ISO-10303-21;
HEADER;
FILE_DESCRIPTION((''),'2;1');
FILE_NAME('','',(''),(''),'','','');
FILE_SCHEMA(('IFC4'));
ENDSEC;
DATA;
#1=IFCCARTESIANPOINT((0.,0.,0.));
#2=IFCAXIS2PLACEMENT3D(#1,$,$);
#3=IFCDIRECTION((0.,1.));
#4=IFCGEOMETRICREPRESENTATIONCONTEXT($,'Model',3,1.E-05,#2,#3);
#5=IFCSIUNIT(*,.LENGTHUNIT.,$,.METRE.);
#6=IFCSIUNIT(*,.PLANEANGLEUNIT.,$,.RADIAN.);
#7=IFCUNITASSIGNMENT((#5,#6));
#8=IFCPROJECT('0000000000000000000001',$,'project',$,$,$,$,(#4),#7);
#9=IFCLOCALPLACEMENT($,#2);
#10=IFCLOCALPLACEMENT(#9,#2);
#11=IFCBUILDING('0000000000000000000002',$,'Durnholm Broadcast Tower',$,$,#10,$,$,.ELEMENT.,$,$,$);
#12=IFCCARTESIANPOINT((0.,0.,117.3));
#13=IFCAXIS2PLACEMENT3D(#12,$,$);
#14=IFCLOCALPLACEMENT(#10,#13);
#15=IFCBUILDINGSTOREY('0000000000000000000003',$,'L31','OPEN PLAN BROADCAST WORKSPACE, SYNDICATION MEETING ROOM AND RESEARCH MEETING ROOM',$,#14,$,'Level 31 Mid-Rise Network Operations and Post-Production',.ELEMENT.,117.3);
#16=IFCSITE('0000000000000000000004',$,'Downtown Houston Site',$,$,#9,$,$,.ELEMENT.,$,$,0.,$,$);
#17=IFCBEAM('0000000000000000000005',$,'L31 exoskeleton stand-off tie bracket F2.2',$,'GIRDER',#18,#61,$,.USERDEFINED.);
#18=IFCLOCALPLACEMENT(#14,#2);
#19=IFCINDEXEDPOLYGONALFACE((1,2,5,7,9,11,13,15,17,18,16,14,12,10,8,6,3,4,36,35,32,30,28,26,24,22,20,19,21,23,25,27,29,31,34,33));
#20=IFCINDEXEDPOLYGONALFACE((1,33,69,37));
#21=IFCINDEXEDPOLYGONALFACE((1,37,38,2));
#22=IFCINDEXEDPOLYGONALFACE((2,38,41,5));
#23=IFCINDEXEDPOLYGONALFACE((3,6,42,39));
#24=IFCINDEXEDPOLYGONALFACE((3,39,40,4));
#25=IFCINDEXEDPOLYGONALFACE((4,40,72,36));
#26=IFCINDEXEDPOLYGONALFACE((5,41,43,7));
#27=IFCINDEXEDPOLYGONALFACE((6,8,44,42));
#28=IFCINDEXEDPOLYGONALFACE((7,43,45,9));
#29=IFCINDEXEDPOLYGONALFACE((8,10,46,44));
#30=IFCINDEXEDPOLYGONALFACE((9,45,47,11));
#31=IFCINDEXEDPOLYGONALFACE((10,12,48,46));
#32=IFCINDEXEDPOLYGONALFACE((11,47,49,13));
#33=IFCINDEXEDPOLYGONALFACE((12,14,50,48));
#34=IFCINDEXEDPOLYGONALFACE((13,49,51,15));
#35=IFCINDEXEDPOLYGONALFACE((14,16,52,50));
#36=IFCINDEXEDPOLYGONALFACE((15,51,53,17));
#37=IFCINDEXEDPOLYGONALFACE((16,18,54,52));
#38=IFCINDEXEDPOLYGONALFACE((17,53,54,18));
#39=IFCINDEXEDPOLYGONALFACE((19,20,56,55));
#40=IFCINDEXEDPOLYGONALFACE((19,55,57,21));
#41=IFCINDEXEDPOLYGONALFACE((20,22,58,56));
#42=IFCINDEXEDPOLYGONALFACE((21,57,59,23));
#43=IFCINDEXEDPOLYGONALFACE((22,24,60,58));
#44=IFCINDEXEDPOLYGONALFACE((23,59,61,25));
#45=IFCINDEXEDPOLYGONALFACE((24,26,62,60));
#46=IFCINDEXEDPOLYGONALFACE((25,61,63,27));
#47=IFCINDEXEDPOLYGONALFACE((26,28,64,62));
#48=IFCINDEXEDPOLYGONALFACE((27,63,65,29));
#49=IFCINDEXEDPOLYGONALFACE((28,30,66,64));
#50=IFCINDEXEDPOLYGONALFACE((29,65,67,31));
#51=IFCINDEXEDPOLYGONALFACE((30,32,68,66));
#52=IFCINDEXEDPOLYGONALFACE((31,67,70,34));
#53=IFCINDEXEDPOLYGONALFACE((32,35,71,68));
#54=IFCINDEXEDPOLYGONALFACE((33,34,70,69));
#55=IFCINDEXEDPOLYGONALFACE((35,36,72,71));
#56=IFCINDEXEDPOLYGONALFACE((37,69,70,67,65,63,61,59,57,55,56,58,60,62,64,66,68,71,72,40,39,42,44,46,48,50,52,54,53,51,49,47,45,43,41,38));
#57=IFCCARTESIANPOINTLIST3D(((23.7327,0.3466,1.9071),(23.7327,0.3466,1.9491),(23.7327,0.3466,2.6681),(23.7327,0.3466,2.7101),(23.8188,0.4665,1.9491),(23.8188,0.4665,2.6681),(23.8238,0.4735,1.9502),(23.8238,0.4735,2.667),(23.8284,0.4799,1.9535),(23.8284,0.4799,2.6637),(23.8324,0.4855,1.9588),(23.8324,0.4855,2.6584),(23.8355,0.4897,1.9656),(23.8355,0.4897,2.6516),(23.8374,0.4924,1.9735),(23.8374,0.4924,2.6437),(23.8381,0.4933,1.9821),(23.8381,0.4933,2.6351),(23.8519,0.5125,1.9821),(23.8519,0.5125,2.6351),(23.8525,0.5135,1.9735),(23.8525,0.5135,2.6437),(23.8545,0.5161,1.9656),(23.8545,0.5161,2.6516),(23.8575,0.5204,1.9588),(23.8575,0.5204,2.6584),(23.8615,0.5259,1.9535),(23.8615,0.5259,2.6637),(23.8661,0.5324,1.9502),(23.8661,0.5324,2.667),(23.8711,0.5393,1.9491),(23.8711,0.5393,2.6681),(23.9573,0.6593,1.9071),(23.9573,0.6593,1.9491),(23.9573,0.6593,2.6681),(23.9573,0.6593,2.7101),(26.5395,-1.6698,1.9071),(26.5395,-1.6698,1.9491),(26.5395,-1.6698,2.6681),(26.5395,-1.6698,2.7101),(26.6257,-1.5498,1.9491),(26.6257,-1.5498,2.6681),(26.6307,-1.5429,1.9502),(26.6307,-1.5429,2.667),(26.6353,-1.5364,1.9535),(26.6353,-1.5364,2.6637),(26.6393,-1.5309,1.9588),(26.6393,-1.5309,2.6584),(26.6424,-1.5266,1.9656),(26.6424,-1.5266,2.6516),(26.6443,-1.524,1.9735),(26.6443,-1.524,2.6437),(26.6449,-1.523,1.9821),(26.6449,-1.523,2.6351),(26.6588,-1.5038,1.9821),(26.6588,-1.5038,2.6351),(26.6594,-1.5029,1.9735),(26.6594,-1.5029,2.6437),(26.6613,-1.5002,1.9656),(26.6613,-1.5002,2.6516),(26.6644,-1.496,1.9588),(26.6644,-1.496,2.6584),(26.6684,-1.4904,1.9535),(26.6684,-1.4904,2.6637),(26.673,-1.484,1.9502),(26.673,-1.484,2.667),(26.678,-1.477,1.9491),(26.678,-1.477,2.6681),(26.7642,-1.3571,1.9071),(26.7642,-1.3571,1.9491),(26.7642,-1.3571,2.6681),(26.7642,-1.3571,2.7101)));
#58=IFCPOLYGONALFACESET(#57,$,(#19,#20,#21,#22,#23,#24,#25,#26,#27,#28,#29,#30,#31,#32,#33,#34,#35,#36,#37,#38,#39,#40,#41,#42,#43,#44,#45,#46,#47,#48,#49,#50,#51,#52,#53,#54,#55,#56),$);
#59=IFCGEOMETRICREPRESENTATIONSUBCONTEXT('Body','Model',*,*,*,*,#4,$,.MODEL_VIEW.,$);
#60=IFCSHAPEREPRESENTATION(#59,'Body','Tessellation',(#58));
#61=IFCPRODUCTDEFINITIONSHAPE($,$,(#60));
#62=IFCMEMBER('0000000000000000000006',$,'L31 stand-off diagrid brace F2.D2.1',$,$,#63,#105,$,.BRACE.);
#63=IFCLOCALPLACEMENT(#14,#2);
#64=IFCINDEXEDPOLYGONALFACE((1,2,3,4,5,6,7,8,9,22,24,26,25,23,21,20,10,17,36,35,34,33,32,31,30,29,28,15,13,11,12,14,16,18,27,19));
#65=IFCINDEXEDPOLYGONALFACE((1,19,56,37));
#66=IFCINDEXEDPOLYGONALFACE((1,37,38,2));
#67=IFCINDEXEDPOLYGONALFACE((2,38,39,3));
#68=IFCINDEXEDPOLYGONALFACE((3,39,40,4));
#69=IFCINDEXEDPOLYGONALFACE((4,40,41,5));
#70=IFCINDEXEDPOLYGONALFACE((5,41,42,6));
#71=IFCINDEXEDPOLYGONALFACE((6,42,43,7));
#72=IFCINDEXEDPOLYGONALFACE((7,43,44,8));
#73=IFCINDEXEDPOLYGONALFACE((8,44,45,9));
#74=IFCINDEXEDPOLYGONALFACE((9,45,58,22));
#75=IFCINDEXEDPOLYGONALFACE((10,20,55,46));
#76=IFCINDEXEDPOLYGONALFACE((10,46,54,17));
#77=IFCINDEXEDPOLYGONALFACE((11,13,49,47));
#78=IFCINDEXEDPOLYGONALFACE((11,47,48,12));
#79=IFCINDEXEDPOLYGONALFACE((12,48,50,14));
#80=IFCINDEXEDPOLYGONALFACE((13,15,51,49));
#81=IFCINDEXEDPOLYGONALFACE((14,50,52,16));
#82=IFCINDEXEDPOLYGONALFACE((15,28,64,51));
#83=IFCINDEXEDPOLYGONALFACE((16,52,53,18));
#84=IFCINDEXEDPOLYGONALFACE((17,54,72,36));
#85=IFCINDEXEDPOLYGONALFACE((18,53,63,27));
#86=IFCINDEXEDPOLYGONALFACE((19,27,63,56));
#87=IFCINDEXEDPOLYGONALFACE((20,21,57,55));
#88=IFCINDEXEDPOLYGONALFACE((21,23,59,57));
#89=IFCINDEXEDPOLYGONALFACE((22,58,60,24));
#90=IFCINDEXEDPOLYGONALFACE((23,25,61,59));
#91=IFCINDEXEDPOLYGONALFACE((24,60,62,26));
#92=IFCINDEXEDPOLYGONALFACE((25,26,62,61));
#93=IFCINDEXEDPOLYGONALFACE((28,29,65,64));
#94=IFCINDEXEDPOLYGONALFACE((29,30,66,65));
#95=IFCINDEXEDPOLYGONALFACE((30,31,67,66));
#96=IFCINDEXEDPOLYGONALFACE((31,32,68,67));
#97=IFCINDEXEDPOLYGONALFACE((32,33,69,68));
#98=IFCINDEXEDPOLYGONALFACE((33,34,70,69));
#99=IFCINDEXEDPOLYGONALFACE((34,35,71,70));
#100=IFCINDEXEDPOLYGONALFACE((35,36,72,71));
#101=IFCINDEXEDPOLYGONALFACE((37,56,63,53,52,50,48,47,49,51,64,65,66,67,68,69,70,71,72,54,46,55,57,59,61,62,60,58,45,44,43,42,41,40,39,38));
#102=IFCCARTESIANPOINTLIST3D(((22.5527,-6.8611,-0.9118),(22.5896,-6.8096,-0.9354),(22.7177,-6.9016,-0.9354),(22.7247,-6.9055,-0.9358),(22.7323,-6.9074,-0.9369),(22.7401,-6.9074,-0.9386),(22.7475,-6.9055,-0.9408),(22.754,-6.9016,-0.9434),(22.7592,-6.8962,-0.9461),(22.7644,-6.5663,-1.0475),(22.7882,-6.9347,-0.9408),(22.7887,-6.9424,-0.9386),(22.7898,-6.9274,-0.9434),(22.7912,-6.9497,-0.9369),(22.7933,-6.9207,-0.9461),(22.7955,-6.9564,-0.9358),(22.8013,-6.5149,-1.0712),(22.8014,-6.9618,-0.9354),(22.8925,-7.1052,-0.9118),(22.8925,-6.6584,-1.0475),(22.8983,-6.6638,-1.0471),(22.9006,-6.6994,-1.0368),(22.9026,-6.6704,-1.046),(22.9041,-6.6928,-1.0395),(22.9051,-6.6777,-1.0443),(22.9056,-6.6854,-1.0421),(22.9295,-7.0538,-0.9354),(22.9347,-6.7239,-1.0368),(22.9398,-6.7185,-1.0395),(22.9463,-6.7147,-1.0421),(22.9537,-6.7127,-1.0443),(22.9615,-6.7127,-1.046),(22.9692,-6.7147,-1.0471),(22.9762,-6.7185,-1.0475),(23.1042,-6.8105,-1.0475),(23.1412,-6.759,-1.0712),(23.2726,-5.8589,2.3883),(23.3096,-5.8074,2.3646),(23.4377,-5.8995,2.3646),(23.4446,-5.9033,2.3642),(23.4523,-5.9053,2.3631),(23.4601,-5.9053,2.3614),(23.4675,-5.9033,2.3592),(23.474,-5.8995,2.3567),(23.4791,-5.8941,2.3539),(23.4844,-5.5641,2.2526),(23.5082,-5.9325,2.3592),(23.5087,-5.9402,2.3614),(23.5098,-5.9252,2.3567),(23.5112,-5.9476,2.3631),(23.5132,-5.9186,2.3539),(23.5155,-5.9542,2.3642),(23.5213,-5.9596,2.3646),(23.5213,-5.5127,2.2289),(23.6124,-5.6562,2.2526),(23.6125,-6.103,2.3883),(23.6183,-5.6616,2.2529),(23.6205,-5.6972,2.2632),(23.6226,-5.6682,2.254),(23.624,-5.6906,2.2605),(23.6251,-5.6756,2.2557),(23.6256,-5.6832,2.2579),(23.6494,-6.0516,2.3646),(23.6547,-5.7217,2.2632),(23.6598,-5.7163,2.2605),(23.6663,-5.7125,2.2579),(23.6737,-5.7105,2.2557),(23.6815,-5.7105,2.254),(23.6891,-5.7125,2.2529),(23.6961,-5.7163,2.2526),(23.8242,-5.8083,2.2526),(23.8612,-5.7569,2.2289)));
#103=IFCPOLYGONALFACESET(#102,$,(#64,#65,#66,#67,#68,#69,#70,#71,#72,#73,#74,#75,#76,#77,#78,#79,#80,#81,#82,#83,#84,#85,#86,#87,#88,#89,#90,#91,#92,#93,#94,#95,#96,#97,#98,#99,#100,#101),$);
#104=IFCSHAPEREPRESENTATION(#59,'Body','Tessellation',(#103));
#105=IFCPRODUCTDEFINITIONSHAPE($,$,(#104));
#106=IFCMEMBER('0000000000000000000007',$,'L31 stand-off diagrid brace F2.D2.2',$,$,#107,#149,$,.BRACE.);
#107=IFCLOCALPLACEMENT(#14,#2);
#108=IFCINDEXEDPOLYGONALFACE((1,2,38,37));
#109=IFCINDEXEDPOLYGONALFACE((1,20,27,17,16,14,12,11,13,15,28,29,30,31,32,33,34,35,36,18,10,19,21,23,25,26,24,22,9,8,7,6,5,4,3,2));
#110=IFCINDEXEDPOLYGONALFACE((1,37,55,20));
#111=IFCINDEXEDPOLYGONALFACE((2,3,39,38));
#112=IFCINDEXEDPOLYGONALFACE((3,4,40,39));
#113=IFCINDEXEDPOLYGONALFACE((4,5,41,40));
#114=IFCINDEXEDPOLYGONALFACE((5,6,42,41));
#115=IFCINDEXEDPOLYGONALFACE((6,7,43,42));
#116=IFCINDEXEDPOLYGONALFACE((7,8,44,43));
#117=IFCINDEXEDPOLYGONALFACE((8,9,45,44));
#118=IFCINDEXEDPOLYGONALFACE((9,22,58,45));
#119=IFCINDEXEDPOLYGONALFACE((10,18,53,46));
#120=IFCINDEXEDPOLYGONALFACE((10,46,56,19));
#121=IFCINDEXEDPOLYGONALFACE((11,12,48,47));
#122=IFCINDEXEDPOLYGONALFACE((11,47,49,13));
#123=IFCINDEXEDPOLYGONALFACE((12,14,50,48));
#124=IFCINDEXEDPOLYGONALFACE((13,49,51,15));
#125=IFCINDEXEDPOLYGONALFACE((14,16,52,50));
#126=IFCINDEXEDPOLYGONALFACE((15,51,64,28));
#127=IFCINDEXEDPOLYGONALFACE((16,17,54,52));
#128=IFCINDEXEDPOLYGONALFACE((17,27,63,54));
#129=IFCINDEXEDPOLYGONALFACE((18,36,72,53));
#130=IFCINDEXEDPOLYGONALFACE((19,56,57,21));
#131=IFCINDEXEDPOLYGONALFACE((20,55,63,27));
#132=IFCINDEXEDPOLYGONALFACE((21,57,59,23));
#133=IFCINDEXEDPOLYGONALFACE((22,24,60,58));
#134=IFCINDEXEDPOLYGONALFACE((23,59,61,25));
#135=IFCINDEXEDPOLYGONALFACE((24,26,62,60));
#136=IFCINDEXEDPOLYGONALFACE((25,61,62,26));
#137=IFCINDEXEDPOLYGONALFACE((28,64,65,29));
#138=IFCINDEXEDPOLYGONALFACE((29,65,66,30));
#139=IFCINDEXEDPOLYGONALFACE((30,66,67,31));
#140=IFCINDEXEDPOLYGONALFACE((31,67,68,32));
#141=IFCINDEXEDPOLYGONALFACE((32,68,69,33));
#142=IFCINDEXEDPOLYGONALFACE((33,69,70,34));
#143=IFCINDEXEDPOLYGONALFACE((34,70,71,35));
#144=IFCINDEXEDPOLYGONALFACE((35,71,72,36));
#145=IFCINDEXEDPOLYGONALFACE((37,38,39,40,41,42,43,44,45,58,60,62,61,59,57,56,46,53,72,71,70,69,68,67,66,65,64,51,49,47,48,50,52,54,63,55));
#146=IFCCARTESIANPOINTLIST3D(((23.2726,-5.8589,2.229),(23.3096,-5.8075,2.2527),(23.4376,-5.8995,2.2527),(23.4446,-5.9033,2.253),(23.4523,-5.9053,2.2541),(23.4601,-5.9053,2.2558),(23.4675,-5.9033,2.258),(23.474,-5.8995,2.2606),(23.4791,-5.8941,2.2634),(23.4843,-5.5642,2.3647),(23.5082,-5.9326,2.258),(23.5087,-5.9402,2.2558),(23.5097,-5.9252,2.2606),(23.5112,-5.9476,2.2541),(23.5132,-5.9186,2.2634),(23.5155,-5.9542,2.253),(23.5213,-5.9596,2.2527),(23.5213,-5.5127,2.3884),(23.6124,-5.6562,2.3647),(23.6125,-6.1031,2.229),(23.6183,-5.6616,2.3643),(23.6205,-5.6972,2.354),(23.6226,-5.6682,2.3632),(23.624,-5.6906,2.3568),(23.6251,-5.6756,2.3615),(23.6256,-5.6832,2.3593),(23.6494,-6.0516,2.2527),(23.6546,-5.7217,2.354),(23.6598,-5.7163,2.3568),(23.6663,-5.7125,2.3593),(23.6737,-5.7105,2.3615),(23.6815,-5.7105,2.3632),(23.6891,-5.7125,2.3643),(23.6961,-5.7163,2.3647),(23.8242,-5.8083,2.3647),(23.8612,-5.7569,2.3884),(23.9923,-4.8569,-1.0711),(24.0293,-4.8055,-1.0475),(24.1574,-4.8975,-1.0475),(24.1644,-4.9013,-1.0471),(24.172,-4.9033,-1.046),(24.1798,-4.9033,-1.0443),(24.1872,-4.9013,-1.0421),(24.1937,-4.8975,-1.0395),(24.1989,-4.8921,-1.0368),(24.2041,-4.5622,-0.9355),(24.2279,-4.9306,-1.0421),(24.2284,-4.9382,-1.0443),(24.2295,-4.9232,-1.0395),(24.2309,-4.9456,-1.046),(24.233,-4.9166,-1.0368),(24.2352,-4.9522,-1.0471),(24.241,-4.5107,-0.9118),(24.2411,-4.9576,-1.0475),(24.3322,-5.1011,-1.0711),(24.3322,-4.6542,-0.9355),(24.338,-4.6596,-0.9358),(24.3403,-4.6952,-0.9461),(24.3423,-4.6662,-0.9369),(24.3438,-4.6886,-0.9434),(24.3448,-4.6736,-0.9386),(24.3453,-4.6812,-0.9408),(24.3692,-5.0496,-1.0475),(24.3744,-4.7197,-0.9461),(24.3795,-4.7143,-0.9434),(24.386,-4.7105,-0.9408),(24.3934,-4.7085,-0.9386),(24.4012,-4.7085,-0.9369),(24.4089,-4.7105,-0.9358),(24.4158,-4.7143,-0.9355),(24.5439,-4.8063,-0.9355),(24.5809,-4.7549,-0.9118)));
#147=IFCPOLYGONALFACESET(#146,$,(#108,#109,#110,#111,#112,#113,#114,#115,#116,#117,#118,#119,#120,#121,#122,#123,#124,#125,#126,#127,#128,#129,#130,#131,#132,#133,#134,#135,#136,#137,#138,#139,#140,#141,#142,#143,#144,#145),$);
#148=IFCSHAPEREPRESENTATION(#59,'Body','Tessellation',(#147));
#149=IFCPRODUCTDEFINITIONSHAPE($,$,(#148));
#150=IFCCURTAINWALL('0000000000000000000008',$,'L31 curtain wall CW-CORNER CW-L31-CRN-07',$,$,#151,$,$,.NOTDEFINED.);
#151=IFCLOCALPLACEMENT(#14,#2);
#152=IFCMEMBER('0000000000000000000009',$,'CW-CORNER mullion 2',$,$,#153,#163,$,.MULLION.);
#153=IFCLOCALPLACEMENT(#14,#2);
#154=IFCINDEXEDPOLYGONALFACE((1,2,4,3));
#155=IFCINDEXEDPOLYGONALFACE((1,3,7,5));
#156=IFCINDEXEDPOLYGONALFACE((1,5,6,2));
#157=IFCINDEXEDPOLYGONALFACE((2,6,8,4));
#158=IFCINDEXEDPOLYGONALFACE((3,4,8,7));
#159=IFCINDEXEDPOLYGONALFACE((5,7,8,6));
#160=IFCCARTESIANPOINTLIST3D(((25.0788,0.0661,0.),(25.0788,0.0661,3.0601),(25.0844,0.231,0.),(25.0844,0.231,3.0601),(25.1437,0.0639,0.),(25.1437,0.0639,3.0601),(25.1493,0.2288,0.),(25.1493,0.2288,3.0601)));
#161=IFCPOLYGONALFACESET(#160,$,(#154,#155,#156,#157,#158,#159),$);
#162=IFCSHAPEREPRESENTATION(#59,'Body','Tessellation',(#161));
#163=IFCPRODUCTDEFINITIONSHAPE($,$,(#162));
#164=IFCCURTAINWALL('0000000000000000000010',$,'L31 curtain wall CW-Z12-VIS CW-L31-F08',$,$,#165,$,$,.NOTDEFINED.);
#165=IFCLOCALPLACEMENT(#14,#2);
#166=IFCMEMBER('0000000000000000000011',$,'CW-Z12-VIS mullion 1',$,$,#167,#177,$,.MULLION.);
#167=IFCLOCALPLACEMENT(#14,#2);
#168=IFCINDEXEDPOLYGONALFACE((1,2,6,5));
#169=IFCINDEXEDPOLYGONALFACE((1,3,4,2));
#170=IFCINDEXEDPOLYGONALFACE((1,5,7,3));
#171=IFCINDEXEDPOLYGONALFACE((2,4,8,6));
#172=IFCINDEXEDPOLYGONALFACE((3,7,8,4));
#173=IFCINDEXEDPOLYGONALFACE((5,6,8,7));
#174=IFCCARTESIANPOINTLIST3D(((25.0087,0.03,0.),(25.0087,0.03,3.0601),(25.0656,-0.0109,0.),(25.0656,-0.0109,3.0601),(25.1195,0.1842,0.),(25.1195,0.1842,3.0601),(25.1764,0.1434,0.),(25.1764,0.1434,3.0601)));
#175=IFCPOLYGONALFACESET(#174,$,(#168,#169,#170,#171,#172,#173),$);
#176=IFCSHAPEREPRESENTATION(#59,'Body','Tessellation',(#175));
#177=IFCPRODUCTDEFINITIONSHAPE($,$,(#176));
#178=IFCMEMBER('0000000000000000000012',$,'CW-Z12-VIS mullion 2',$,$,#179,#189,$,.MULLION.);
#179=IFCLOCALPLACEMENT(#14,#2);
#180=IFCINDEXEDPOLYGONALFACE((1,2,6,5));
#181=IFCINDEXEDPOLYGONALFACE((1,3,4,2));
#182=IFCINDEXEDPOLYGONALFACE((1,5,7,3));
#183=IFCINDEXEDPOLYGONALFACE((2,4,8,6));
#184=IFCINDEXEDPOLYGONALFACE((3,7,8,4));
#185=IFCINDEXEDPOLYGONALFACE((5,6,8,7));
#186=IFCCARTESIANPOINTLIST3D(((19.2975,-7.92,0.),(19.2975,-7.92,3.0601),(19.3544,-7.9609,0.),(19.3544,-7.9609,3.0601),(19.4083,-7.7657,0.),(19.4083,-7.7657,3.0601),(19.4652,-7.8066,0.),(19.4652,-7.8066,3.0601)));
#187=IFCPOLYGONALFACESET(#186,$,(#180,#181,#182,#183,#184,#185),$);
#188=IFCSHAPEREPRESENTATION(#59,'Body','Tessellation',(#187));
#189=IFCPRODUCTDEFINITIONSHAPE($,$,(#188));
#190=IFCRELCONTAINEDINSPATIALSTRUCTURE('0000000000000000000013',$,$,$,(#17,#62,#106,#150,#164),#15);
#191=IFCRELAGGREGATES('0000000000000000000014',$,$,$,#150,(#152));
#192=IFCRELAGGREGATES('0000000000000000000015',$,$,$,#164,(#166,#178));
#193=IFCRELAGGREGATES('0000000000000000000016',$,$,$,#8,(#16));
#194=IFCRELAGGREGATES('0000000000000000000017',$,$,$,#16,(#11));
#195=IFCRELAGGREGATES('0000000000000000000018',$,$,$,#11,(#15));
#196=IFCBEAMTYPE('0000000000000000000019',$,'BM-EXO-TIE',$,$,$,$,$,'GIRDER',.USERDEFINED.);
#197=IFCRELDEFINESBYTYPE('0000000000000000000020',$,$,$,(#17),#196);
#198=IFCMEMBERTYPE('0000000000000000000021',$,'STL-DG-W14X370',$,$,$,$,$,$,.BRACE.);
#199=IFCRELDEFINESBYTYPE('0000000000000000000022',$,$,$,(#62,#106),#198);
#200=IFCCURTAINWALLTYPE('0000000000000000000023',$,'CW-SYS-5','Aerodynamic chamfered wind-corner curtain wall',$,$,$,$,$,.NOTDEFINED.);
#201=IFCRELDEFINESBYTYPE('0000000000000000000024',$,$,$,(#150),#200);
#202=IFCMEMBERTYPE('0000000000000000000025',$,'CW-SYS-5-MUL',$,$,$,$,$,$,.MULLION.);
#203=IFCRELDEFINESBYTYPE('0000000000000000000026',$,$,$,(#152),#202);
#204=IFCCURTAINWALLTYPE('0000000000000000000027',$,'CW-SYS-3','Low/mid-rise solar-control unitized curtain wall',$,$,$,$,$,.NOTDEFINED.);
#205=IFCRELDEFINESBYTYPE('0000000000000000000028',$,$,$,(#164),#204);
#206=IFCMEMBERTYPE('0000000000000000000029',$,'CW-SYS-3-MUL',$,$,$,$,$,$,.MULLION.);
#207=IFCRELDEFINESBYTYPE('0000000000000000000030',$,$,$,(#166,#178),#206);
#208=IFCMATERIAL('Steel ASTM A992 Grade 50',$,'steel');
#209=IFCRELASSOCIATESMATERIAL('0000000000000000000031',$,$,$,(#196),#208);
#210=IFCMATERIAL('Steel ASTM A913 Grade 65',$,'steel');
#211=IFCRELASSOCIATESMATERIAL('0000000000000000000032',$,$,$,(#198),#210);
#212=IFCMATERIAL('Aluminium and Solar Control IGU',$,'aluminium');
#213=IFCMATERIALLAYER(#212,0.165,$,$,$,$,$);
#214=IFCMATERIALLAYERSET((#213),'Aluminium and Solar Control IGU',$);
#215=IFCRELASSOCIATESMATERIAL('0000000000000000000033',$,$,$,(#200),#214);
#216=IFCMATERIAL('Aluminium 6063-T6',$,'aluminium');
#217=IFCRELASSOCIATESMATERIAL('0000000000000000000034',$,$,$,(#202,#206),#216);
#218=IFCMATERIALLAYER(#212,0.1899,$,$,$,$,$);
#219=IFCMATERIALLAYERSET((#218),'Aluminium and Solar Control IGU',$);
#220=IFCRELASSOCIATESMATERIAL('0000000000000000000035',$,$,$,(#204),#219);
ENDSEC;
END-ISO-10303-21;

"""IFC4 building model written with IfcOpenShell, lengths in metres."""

from ifc_helpers import new_model, si_unit, direction, frame, origin, origin_2d, place, context, subcontext, project, spatial, rectangle, i_section, extrude, source, transform, mapped, material, layer, layer_set, material_profile, profile_set, type_object, type_shapes, element, aggregate, save


model = new_model("IFC4")

# Units and contexts
model_context = context("Model", 3, precision=1e-05, world=origin(), true_north=direction((0.0, 1.0)))
body_context = subcontext(model_context, "Body", "Model", "MODEL_VIEW")
ifc_project = project(units=[si_unit("LENGTHUNIT", "METRE"), si_unit("PLANEANGLEUNIT", "RADIAN")], contexts=[model_context])

# Site, building, storey
site_placement = place(None, origin())
site = spatial("IfcSite", under=ifc_project, at=site_placement, Name="Downtown Houston Site", CompositionType="ELEMENT", RefElevation=0.0)
building_placement = place(site_placement, origin())
building = spatial("IfcBuilding", under=site, at=building_placement, Name="Durnholm Broadcast Tower", CompositionType="ELEMENT")
storey_placement = place(building_placement, frame((0.0, 0.0, 117.3)))
storey = spatial("IfcBuildingStorey", under=building, at=storey_placement, Name="L31", Description="OPEN PLAN BROADCAST WORKSPACE, SYNDICATION MEETING ROOM AND RESEARCH MEETING ROOM", LongName="Level 31 Mid-Rise Network Operations and Post-Production", CompositionType="ELEMENT", Elevation=117.3)

# Beam
ifc_material_1 = material(Name="Steel ASTM A992 Grade 50", Category="steel")
ifc_material_profile_1 = material_profile(ifc_material_1, i_section(OverallWidth=0.385, OverallDepth=0.803, WebThickness=0.0237, FlangeThickness=0.042, FilletRadius=0.033, at=origin_2d()), Name="W30X261")
ifc_profile_set_1 = profile_set([ifc_material_profile_1], Name="Steel ASTM A992 Grade 50")
beam_type = type_object("IfcBeamType", Name="BM-EXO-TIE", ElementType="GIRDER", PredefinedType="USERDEFINED", material=ifc_profile_set_1)
shared_shape_1 = source(origin(), body_context, "Body", "SweptSolid", [
    extrude(i_section(OverallWidth=0.385, OverallDepth=0.803, WebThickness=0.0237, FlangeThickness=0.042, FilletRadius=0.033, at=origin_2d()), origin(), (0.0, 0.0, 1.0), 3.4561),
])
type_shapes(beam_type, [shared_shape_1])
beam_placement = place(storey_placement, frame((23.845, 0.5029, 2.3086), z_axis=(0.812165, -0.583428, 0.0), x_axis=(0.583428, 0.812165, 0.0)))
element("IfcBeam", 1, at=beam_placement, inside=storey, type_object=beam_type, Name="L31 exoskeleton stand-off tie bracket F2.2", ObjectType="GIRDER", PredefinedType="USERDEFINED", context=body_context, shape_type="MappedRepresentation", body=[
    mapped(shared_shape_1, transform((0.0, 0.0, 0.0), x_axis=(1.0, 0.0, 0.0), y_axis=(0.0, 1.0, 0.0), z_axis=(0.0, 0.0, 1.0), scale=1.0)),
])

# Members
ifc_material_2 = material(Name="Steel ASTM A913 Grade 65", Category="steel")
ifc_material_profile_2 = material_profile(ifc_material_2, i_section(OverallWidth=0.4185, OverallDepth=0.4551, WebThickness=0.042, FlangeThickness=0.0676, FilletRadius=0.0305, at=origin_2d()), Name="W14X370")
ifc_profile_set_2 = profile_set([ifc_material_profile_2], Name="Steel ASTM A913 Grade 65")
member_type_1 = type_object("IfcMemberType", Name="STL-DG-W14X370", PredefinedType="BRACE", material=ifc_profile_set_2)
shared_shape_2 = source(origin(), body_context, "Body", "SweptSolid", [
    extrude(i_section(OverallWidth=0.4185, OverallDepth=0.4551, WebThickness=0.042, FlangeThickness=0.0676, FilletRadius=0.0305, at=origin_2d()), origin(), (0.0, 0.0, 1.0), 3.5232),
])
type_shapes(member_type_1, [shared_shape_2])
for number, where, z_axis, x_axis, name in (
    (2, (22.8469, -6.8101, -0.9915), (0.20435, 0.284455, 0.936657), (-0.812153, 0.583444, 0.0), "L31 stand-off diagrid brace F2.D2.1"),
    (3, (24.2866, -4.8059, -0.9915), (-0.204288, -0.284395, 0.936689), (0.812179, -0.583408, 0.0), "L31 stand-off diagrid brace F2.D2.2"),
):
    element("IfcMember", number, at=place(storey_placement, frame(where, z_axis=z_axis, x_axis=x_axis)), inside=storey, type_object=member_type_1, Name=name, PredefinedType="BRACE", context=body_context, shape_type="MappedRepresentation", body=[
        mapped(shared_shape_2, transform((0.0, 0.0, 0.0), x_axis=(1.0, 0.0, 0.0), y_axis=(0.0, 1.0, 0.0), z_axis=(0.0, 0.0, 1.0), scale=1.0)),
    ])

# Curtain wall, member
ifc_material_3 = material(Name="Aluminium and Solar Control IGU", Category="aluminium")
ifc_layer_1 = layer(ifc_material_3, 0.165)
ifc_layer_set_1 = layer_set([ifc_layer_1], Name="Aluminium and Solar Control IGU")
curtain_wall_type_1 = type_object("IfcCurtainWallType", Name="CW-SYS-5", Description="Aerodynamic chamfered wind-corner curtain wall", PredefinedType="NOTDEFINED", material=ifc_layer_set_1)
curtain_wall_1_placement = place(storey_placement, origin())
curtain_wall_1 = element("IfcCurtainWall", 4, at=curtain_wall_1_placement, inside=storey, type_object=curtain_wall_type_1, Name="L31 curtain wall CW-CORNER CW-L31-CRN-07", PredefinedType="NOTDEFINED")
ifc_material_4 = material(Name="Aluminium 6063-T6", Category="aluminium")
ifc_material_profile_3 = material_profile(ifc_material_4, rectangle(XDim=0.0649, YDim=0.165, at=origin_2d()), Name="CWM65X165")
ifc_profile_set_3 = profile_set([ifc_material_profile_3], Name="Aluminium 6063-T6")
member_type_2 = type_object("IfcMemberType", Name="CW-SYS-5-MUL", PredefinedType="MULLION", material=ifc_profile_set_3)
shared_shape_3 = source(origin(), body_context, "Body", "SweptSolid", [
    extrude(rectangle(XDim=0.0649, YDim=0.165, at=origin_2d()), origin(), (0.0, 0.0, 1.0), 3.0601),
])
type_shapes(member_type_2, [shared_shape_3])
member_1_placement = place(storey_placement, frame((25.114, 0.1475, 0.0), z_axis=(0.0, 0.0, 1.0), x_axis=(0.999425, -0.033917, 0.0)))
member_1 = element("IfcMember", 5, at=member_1_placement, type_object=member_type_2, Name="CW-CORNER mullion 2", PredefinedType="MULLION", context=body_context, shape_type="MappedRepresentation", body=[
    mapped(shared_shape_3, transform((0.0, 0.0, 0.0), x_axis=(1.0, 0.0, 0.0), y_axis=(0.0, 1.0, 0.0), z_axis=(0.0, 0.0, 1.0), scale=1.0)),
])
aggregate(curtain_wall_1, [member_1])

# Curtain wall, members
ifc_layer_2 = layer(ifc_material_3, 0.1899)
ifc_layer_set_2 = layer_set([ifc_layer_2], Name="Aluminium and Solar Control IGU")
curtain_wall_type_2 = type_object("IfcCurtainWallType", Name="CW-SYS-3", Description="Low/mid-rise solar-control unitized curtain wall", PredefinedType="NOTDEFINED", material=ifc_layer_set_2)
curtain_wall_2_placement = place(storey_placement, origin())
curtain_wall_2 = element("IfcCurtainWall", 6, at=curtain_wall_2_placement, inside=storey, type_object=curtain_wall_type_2, Name="L31 curtain wall CW-Z12-VIS CW-L31-F08", PredefinedType="NOTDEFINED")
ifc_material_profile_4 = material_profile(ifc_material_4, rectangle(XDim=0.0701, YDim=0.1899, at=origin_2d()), Name="CWM70X190")
ifc_profile_set_4 = profile_set([ifc_material_profile_4], Name="Aluminium 6063-T6")
member_type_3 = type_object("IfcMemberType", Name="CW-SYS-3-MUL", PredefinedType="MULLION", material=ifc_profile_set_4)
shared_shape_4 = source(origin(), body_context, "Body", "SweptSolid", [
    extrude(rectangle(XDim=0.0701, YDim=0.1899, at=origin_2d()), origin(), (0.0, 0.0, 1.0), 3.0601),
])
type_shapes(member_type_3, [shared_shape_4])
member_2_placement = place(storey_placement, frame((25.0925, 0.0867, 0.0), z_axis=(0.0, 0.0, 1.0), x_axis=(0.812152, -0.583445, 0.0)))
member_2 = element("IfcMember", 7, at=member_2_placement, type_object=member_type_3, Name="CW-Z12-VIS mullion 1", PredefinedType="MULLION", context=body_context, shape_type="MappedRepresentation", body=[
    mapped(shared_shape_4, transform((0.0, 0.0, 0.0), x_axis=(1.0, 0.0, 0.0), y_axis=(0.0, 1.0, 0.0), z_axis=(0.0, 0.0, 1.0), scale=1.0)),
])
member_3_placement = place(storey_placement, frame((19.3813, -7.8633, 0.0), z_axis=(0.0, 0.0, 1.0), x_axis=(0.812152, -0.583445, 0.0)))
member_3 = element("IfcMember", 8, at=member_3_placement, type_object=member_type_3, Name="CW-Z12-VIS mullion 2", PredefinedType="MULLION", context=body_context, shape_type="MappedRepresentation", body=[
    mapped(shared_shape_4, transform((0.0, 0.0, 0.0), x_axis=(1.0, 0.0, 0.0), y_axis=(0.0, 1.0, 0.0), z_axis=(0.0, 0.0, 1.0), scale=1.0)),
])

aggregate(curtain_wall_2, [member_2, member_3])

save(model, "model.ifc")
